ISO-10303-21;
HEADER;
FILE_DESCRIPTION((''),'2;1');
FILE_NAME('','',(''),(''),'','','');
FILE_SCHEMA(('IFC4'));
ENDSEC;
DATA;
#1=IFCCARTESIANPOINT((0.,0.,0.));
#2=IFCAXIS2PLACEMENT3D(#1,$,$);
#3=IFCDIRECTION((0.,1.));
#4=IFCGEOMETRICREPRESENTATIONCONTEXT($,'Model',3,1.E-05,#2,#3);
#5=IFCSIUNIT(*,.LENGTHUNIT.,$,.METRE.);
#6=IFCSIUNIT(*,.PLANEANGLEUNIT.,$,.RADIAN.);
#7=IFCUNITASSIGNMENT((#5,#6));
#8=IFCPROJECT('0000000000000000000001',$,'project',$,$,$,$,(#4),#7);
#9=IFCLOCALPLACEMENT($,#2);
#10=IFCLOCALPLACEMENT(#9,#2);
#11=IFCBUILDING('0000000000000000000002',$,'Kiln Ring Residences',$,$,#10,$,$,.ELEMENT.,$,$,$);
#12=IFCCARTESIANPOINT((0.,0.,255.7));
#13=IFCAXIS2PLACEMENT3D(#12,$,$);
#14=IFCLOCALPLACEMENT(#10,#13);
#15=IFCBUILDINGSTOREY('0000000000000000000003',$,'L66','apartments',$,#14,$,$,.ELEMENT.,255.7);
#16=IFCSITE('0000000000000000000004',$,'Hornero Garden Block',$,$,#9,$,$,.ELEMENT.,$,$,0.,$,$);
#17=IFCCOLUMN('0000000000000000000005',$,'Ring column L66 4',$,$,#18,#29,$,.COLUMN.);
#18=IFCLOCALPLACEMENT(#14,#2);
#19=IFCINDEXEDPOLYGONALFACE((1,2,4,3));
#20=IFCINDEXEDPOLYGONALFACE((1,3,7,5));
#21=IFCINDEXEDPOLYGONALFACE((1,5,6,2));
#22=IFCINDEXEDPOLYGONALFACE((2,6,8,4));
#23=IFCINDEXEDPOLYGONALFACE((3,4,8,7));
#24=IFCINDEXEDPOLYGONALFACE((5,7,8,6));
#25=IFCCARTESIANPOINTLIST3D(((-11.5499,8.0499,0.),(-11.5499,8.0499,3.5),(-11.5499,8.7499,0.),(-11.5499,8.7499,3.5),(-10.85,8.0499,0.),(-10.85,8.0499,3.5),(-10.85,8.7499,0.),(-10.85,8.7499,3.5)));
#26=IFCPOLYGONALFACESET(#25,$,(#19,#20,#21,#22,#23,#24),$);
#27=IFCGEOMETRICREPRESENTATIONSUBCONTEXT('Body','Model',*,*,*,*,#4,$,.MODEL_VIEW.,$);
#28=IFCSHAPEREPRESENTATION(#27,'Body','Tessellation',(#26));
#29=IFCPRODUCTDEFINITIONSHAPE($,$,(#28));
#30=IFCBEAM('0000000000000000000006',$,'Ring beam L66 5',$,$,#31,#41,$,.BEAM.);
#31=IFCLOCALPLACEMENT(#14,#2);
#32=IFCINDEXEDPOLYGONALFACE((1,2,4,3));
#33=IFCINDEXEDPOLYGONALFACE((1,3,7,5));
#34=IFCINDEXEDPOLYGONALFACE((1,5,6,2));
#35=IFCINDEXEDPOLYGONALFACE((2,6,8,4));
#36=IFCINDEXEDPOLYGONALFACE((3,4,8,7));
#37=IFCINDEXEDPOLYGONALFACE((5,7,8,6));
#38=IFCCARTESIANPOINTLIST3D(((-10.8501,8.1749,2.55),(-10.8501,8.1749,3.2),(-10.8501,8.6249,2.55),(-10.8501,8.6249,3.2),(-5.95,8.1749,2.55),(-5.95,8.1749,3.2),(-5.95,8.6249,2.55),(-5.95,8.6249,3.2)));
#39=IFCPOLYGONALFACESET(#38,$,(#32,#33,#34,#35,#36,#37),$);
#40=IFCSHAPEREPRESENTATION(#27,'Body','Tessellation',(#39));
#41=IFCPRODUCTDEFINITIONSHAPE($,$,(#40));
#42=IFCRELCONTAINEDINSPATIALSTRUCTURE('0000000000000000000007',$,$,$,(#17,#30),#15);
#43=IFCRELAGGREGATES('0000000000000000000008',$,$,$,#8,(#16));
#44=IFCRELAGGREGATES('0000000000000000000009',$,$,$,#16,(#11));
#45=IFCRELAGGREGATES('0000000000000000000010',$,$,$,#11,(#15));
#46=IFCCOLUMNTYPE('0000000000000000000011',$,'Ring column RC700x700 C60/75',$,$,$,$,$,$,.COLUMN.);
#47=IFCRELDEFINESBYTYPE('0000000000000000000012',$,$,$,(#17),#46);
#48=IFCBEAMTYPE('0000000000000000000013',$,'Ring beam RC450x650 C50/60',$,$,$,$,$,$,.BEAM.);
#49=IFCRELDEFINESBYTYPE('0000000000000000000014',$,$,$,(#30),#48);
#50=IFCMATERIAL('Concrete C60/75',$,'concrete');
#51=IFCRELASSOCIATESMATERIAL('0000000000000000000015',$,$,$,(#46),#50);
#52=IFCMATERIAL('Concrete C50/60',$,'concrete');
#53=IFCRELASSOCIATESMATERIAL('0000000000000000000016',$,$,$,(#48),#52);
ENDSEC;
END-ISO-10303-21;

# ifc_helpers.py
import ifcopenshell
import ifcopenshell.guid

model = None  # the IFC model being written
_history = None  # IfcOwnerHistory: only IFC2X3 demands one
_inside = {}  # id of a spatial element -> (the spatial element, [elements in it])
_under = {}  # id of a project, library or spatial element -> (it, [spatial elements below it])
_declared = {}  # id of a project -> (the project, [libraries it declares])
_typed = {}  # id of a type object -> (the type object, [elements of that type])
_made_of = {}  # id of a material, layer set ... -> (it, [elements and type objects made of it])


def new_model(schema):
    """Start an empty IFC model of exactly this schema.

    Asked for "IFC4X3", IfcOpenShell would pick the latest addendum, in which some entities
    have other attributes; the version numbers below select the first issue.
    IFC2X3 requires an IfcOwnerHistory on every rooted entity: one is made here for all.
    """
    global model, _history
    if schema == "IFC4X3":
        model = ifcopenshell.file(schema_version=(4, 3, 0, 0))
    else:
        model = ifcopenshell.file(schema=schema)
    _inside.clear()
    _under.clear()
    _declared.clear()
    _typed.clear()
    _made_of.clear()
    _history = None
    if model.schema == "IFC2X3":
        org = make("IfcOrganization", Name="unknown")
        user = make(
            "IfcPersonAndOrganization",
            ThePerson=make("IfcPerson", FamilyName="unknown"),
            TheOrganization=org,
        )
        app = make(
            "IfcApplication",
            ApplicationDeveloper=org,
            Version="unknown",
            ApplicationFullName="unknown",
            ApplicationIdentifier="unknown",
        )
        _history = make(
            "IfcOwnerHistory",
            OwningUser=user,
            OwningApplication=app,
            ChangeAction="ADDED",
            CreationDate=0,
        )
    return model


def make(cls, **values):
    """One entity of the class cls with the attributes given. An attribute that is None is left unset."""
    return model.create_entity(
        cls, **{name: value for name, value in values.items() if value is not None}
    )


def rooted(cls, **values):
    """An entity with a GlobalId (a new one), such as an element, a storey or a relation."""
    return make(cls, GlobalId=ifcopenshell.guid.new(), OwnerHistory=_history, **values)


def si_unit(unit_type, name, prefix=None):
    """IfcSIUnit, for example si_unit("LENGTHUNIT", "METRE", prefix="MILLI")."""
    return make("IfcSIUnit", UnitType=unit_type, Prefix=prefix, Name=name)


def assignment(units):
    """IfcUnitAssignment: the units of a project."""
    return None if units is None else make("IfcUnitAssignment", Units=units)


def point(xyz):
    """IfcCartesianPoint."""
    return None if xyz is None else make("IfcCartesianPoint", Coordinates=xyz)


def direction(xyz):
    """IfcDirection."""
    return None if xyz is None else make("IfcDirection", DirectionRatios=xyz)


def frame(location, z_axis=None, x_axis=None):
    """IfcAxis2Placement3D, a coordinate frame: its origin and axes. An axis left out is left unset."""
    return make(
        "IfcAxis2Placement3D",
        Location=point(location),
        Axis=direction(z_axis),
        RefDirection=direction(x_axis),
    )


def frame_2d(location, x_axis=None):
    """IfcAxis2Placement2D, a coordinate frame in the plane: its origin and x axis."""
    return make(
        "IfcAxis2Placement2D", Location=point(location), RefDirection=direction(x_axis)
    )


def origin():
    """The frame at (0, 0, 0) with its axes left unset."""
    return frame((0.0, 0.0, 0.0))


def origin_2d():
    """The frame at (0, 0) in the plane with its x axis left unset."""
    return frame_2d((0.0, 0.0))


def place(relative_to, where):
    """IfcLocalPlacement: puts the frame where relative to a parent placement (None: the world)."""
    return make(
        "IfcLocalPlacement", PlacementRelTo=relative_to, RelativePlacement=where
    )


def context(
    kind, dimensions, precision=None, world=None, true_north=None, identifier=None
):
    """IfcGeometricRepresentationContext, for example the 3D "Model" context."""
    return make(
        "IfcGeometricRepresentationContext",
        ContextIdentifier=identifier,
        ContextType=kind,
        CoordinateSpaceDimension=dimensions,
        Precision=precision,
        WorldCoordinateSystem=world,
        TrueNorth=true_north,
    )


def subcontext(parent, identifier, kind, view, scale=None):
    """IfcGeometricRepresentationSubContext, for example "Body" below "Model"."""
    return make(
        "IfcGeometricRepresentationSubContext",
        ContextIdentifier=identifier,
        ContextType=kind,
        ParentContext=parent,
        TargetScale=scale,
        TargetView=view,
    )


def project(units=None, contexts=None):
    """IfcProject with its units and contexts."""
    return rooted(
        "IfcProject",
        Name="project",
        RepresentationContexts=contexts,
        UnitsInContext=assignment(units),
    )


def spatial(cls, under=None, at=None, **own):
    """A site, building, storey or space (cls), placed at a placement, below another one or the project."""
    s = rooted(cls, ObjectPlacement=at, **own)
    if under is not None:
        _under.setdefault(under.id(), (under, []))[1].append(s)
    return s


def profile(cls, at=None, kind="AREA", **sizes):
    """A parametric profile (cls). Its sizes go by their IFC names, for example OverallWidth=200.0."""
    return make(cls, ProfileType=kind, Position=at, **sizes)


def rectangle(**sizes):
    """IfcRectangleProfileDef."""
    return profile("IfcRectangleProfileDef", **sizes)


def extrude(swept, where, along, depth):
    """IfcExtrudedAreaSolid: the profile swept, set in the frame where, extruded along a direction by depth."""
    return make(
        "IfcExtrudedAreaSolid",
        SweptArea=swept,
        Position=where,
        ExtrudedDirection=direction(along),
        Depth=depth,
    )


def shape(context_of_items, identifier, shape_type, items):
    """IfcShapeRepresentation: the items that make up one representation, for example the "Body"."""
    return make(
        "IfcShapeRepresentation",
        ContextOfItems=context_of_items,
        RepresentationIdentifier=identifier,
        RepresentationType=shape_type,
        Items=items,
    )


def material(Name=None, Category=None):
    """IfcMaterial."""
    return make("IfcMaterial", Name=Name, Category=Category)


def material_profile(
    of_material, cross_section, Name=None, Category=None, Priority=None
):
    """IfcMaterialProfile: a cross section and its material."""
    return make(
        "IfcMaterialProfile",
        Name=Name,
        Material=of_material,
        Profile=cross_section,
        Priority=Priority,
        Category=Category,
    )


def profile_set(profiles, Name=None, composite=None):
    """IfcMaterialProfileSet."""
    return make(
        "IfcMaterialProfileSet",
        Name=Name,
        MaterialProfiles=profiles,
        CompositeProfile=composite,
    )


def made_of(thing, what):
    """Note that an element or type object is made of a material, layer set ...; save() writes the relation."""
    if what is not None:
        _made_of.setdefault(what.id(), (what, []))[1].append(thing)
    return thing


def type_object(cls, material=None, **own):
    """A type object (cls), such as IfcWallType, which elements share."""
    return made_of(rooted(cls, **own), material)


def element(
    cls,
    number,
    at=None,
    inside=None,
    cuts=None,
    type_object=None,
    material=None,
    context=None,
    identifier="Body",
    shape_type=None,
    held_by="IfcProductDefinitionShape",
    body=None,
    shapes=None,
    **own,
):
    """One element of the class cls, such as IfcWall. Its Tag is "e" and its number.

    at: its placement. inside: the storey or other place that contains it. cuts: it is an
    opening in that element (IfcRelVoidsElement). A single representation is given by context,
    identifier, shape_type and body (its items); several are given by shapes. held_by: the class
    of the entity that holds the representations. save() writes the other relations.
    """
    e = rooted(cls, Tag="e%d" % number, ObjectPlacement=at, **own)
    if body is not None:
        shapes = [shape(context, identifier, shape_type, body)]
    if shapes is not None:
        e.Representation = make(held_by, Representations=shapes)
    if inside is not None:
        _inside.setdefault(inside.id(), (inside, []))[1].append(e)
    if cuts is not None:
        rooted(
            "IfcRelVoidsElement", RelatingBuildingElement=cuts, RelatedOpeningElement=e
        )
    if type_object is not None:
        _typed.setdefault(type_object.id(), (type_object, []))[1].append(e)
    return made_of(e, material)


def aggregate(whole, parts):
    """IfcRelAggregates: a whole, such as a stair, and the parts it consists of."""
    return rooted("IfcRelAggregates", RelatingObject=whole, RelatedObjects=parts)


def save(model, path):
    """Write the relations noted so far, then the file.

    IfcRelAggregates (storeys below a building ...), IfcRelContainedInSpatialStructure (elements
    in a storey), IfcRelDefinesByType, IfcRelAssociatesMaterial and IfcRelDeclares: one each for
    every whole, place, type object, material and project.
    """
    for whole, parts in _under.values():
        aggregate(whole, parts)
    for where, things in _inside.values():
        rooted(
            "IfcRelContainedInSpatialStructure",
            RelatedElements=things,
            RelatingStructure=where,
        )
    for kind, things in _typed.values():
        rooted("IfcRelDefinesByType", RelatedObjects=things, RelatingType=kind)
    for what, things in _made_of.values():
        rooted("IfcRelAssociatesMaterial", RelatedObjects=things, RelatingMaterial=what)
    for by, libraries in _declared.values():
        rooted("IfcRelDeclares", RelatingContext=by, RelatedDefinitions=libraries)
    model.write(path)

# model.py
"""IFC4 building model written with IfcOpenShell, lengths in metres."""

from ifc_helpers import new_model, si_unit, direction, frame, origin, origin_2d, place, context, subcontext, project, spatial, rectangle, extrude, material, material_profile, profile_set, type_object, element, save


model = new_model("IFC4")

# Units and contexts
model_context = context("Model", 3, precision=1e-05, world=origin(), true_north=direction((0.0, 1.0)))
body_context = subcontext(model_context, "Body", "Model", "MODEL_VIEW")
ifc_project = project(units=[si_unit("LENGTHUNIT", "METRE"), si_unit("PLANEANGLEUNIT", "RADIAN")], contexts=[model_context])

# Site, building, storey
site_placement = place(None, origin())
site = spatial("IfcSite", under=ifc_project, at=site_placement, Name="Hornero Garden Block", CompositionType="ELEMENT", RefElevation=0.0)
building_placement = place(site_placement, origin())
building = spatial("IfcBuilding", under=site, at=building_placement, Name="Kiln Ring Residences", CompositionType="ELEMENT")
storey_placement = place(building_placement, frame((0.0, 0.0, 255.7)))
storey = spatial("IfcBuildingStorey", under=building, at=storey_placement, Name="L66", Description="apartments", CompositionType="ELEMENT", Elevation=255.7)

# Column
ifc_material_1 = material(Name="Concrete C60/75", Category="concrete")
ifc_material_profile_1 = material_profile(ifc_material_1, rectangle(XDim=0.7, YDim=0.7, at=origin_2d()), Name="RC700x700")
ifc_profile_set_1 = profile_set([ifc_material_profile_1], Name="Concrete C60/75")
column_type = type_object("IfcColumnType", Name="Ring column RC700x700 C60/75", PredefinedType="COLUMN", material=ifc_profile_set_1)
column_placement = place(storey_placement, frame((-11.2, 8.3999, 0.0), z_axis=(0.0, 0.0, 1.0), x_axis=(1.0, 0.0, 0.0)))
element("IfcColumn", 1, at=column_placement, inside=storey, type_object=column_type, Name="Ring column L66 4", PredefinedType="COLUMN", context=body_context, shape_type="SweptSolid", body=[
    extrude(rectangle(XDim=0.7, YDim=0.7, at=origin_2d()), origin(), (0.0, 0.0, 1.0), 3.5),
])

# Beam
ifc_material_2 = material(Name="Concrete C50/60", Category="concrete")
ifc_material_profile_2 = material_profile(ifc_material_2, rectangle(XDim=0.45, YDim=0.6499, at=origin_2d()), Name="RC450x650")
ifc_profile_set_2 = profile_set([ifc_material_profile_2], Name="Concrete C50/60")
beam_type = type_object("IfcBeamType", Name="Ring beam RC450x650 C50/60", PredefinedType="BEAM", material=ifc_profile_set_2)
beam_placement = place(storey_placement, frame((-10.8501, 8.3999, 2.875), z_axis=(1.0, 0.0, 0.0), x_axis=(0.0, 1.0, 0.0)))
element("IfcBeam", 2, at=beam_placement, inside=storey, type_object=beam_type, Name="Ring beam L66 5", PredefinedType="BEAM", context=body_context, shape_type="SweptSolid", body=[
    extrude(rectangle(XDim=0.45, YDim=0.6499, at=origin_2d()), origin(), (0.0, 0.0, 1.0), 4.9001),
])

save(model, "model.ifc")
